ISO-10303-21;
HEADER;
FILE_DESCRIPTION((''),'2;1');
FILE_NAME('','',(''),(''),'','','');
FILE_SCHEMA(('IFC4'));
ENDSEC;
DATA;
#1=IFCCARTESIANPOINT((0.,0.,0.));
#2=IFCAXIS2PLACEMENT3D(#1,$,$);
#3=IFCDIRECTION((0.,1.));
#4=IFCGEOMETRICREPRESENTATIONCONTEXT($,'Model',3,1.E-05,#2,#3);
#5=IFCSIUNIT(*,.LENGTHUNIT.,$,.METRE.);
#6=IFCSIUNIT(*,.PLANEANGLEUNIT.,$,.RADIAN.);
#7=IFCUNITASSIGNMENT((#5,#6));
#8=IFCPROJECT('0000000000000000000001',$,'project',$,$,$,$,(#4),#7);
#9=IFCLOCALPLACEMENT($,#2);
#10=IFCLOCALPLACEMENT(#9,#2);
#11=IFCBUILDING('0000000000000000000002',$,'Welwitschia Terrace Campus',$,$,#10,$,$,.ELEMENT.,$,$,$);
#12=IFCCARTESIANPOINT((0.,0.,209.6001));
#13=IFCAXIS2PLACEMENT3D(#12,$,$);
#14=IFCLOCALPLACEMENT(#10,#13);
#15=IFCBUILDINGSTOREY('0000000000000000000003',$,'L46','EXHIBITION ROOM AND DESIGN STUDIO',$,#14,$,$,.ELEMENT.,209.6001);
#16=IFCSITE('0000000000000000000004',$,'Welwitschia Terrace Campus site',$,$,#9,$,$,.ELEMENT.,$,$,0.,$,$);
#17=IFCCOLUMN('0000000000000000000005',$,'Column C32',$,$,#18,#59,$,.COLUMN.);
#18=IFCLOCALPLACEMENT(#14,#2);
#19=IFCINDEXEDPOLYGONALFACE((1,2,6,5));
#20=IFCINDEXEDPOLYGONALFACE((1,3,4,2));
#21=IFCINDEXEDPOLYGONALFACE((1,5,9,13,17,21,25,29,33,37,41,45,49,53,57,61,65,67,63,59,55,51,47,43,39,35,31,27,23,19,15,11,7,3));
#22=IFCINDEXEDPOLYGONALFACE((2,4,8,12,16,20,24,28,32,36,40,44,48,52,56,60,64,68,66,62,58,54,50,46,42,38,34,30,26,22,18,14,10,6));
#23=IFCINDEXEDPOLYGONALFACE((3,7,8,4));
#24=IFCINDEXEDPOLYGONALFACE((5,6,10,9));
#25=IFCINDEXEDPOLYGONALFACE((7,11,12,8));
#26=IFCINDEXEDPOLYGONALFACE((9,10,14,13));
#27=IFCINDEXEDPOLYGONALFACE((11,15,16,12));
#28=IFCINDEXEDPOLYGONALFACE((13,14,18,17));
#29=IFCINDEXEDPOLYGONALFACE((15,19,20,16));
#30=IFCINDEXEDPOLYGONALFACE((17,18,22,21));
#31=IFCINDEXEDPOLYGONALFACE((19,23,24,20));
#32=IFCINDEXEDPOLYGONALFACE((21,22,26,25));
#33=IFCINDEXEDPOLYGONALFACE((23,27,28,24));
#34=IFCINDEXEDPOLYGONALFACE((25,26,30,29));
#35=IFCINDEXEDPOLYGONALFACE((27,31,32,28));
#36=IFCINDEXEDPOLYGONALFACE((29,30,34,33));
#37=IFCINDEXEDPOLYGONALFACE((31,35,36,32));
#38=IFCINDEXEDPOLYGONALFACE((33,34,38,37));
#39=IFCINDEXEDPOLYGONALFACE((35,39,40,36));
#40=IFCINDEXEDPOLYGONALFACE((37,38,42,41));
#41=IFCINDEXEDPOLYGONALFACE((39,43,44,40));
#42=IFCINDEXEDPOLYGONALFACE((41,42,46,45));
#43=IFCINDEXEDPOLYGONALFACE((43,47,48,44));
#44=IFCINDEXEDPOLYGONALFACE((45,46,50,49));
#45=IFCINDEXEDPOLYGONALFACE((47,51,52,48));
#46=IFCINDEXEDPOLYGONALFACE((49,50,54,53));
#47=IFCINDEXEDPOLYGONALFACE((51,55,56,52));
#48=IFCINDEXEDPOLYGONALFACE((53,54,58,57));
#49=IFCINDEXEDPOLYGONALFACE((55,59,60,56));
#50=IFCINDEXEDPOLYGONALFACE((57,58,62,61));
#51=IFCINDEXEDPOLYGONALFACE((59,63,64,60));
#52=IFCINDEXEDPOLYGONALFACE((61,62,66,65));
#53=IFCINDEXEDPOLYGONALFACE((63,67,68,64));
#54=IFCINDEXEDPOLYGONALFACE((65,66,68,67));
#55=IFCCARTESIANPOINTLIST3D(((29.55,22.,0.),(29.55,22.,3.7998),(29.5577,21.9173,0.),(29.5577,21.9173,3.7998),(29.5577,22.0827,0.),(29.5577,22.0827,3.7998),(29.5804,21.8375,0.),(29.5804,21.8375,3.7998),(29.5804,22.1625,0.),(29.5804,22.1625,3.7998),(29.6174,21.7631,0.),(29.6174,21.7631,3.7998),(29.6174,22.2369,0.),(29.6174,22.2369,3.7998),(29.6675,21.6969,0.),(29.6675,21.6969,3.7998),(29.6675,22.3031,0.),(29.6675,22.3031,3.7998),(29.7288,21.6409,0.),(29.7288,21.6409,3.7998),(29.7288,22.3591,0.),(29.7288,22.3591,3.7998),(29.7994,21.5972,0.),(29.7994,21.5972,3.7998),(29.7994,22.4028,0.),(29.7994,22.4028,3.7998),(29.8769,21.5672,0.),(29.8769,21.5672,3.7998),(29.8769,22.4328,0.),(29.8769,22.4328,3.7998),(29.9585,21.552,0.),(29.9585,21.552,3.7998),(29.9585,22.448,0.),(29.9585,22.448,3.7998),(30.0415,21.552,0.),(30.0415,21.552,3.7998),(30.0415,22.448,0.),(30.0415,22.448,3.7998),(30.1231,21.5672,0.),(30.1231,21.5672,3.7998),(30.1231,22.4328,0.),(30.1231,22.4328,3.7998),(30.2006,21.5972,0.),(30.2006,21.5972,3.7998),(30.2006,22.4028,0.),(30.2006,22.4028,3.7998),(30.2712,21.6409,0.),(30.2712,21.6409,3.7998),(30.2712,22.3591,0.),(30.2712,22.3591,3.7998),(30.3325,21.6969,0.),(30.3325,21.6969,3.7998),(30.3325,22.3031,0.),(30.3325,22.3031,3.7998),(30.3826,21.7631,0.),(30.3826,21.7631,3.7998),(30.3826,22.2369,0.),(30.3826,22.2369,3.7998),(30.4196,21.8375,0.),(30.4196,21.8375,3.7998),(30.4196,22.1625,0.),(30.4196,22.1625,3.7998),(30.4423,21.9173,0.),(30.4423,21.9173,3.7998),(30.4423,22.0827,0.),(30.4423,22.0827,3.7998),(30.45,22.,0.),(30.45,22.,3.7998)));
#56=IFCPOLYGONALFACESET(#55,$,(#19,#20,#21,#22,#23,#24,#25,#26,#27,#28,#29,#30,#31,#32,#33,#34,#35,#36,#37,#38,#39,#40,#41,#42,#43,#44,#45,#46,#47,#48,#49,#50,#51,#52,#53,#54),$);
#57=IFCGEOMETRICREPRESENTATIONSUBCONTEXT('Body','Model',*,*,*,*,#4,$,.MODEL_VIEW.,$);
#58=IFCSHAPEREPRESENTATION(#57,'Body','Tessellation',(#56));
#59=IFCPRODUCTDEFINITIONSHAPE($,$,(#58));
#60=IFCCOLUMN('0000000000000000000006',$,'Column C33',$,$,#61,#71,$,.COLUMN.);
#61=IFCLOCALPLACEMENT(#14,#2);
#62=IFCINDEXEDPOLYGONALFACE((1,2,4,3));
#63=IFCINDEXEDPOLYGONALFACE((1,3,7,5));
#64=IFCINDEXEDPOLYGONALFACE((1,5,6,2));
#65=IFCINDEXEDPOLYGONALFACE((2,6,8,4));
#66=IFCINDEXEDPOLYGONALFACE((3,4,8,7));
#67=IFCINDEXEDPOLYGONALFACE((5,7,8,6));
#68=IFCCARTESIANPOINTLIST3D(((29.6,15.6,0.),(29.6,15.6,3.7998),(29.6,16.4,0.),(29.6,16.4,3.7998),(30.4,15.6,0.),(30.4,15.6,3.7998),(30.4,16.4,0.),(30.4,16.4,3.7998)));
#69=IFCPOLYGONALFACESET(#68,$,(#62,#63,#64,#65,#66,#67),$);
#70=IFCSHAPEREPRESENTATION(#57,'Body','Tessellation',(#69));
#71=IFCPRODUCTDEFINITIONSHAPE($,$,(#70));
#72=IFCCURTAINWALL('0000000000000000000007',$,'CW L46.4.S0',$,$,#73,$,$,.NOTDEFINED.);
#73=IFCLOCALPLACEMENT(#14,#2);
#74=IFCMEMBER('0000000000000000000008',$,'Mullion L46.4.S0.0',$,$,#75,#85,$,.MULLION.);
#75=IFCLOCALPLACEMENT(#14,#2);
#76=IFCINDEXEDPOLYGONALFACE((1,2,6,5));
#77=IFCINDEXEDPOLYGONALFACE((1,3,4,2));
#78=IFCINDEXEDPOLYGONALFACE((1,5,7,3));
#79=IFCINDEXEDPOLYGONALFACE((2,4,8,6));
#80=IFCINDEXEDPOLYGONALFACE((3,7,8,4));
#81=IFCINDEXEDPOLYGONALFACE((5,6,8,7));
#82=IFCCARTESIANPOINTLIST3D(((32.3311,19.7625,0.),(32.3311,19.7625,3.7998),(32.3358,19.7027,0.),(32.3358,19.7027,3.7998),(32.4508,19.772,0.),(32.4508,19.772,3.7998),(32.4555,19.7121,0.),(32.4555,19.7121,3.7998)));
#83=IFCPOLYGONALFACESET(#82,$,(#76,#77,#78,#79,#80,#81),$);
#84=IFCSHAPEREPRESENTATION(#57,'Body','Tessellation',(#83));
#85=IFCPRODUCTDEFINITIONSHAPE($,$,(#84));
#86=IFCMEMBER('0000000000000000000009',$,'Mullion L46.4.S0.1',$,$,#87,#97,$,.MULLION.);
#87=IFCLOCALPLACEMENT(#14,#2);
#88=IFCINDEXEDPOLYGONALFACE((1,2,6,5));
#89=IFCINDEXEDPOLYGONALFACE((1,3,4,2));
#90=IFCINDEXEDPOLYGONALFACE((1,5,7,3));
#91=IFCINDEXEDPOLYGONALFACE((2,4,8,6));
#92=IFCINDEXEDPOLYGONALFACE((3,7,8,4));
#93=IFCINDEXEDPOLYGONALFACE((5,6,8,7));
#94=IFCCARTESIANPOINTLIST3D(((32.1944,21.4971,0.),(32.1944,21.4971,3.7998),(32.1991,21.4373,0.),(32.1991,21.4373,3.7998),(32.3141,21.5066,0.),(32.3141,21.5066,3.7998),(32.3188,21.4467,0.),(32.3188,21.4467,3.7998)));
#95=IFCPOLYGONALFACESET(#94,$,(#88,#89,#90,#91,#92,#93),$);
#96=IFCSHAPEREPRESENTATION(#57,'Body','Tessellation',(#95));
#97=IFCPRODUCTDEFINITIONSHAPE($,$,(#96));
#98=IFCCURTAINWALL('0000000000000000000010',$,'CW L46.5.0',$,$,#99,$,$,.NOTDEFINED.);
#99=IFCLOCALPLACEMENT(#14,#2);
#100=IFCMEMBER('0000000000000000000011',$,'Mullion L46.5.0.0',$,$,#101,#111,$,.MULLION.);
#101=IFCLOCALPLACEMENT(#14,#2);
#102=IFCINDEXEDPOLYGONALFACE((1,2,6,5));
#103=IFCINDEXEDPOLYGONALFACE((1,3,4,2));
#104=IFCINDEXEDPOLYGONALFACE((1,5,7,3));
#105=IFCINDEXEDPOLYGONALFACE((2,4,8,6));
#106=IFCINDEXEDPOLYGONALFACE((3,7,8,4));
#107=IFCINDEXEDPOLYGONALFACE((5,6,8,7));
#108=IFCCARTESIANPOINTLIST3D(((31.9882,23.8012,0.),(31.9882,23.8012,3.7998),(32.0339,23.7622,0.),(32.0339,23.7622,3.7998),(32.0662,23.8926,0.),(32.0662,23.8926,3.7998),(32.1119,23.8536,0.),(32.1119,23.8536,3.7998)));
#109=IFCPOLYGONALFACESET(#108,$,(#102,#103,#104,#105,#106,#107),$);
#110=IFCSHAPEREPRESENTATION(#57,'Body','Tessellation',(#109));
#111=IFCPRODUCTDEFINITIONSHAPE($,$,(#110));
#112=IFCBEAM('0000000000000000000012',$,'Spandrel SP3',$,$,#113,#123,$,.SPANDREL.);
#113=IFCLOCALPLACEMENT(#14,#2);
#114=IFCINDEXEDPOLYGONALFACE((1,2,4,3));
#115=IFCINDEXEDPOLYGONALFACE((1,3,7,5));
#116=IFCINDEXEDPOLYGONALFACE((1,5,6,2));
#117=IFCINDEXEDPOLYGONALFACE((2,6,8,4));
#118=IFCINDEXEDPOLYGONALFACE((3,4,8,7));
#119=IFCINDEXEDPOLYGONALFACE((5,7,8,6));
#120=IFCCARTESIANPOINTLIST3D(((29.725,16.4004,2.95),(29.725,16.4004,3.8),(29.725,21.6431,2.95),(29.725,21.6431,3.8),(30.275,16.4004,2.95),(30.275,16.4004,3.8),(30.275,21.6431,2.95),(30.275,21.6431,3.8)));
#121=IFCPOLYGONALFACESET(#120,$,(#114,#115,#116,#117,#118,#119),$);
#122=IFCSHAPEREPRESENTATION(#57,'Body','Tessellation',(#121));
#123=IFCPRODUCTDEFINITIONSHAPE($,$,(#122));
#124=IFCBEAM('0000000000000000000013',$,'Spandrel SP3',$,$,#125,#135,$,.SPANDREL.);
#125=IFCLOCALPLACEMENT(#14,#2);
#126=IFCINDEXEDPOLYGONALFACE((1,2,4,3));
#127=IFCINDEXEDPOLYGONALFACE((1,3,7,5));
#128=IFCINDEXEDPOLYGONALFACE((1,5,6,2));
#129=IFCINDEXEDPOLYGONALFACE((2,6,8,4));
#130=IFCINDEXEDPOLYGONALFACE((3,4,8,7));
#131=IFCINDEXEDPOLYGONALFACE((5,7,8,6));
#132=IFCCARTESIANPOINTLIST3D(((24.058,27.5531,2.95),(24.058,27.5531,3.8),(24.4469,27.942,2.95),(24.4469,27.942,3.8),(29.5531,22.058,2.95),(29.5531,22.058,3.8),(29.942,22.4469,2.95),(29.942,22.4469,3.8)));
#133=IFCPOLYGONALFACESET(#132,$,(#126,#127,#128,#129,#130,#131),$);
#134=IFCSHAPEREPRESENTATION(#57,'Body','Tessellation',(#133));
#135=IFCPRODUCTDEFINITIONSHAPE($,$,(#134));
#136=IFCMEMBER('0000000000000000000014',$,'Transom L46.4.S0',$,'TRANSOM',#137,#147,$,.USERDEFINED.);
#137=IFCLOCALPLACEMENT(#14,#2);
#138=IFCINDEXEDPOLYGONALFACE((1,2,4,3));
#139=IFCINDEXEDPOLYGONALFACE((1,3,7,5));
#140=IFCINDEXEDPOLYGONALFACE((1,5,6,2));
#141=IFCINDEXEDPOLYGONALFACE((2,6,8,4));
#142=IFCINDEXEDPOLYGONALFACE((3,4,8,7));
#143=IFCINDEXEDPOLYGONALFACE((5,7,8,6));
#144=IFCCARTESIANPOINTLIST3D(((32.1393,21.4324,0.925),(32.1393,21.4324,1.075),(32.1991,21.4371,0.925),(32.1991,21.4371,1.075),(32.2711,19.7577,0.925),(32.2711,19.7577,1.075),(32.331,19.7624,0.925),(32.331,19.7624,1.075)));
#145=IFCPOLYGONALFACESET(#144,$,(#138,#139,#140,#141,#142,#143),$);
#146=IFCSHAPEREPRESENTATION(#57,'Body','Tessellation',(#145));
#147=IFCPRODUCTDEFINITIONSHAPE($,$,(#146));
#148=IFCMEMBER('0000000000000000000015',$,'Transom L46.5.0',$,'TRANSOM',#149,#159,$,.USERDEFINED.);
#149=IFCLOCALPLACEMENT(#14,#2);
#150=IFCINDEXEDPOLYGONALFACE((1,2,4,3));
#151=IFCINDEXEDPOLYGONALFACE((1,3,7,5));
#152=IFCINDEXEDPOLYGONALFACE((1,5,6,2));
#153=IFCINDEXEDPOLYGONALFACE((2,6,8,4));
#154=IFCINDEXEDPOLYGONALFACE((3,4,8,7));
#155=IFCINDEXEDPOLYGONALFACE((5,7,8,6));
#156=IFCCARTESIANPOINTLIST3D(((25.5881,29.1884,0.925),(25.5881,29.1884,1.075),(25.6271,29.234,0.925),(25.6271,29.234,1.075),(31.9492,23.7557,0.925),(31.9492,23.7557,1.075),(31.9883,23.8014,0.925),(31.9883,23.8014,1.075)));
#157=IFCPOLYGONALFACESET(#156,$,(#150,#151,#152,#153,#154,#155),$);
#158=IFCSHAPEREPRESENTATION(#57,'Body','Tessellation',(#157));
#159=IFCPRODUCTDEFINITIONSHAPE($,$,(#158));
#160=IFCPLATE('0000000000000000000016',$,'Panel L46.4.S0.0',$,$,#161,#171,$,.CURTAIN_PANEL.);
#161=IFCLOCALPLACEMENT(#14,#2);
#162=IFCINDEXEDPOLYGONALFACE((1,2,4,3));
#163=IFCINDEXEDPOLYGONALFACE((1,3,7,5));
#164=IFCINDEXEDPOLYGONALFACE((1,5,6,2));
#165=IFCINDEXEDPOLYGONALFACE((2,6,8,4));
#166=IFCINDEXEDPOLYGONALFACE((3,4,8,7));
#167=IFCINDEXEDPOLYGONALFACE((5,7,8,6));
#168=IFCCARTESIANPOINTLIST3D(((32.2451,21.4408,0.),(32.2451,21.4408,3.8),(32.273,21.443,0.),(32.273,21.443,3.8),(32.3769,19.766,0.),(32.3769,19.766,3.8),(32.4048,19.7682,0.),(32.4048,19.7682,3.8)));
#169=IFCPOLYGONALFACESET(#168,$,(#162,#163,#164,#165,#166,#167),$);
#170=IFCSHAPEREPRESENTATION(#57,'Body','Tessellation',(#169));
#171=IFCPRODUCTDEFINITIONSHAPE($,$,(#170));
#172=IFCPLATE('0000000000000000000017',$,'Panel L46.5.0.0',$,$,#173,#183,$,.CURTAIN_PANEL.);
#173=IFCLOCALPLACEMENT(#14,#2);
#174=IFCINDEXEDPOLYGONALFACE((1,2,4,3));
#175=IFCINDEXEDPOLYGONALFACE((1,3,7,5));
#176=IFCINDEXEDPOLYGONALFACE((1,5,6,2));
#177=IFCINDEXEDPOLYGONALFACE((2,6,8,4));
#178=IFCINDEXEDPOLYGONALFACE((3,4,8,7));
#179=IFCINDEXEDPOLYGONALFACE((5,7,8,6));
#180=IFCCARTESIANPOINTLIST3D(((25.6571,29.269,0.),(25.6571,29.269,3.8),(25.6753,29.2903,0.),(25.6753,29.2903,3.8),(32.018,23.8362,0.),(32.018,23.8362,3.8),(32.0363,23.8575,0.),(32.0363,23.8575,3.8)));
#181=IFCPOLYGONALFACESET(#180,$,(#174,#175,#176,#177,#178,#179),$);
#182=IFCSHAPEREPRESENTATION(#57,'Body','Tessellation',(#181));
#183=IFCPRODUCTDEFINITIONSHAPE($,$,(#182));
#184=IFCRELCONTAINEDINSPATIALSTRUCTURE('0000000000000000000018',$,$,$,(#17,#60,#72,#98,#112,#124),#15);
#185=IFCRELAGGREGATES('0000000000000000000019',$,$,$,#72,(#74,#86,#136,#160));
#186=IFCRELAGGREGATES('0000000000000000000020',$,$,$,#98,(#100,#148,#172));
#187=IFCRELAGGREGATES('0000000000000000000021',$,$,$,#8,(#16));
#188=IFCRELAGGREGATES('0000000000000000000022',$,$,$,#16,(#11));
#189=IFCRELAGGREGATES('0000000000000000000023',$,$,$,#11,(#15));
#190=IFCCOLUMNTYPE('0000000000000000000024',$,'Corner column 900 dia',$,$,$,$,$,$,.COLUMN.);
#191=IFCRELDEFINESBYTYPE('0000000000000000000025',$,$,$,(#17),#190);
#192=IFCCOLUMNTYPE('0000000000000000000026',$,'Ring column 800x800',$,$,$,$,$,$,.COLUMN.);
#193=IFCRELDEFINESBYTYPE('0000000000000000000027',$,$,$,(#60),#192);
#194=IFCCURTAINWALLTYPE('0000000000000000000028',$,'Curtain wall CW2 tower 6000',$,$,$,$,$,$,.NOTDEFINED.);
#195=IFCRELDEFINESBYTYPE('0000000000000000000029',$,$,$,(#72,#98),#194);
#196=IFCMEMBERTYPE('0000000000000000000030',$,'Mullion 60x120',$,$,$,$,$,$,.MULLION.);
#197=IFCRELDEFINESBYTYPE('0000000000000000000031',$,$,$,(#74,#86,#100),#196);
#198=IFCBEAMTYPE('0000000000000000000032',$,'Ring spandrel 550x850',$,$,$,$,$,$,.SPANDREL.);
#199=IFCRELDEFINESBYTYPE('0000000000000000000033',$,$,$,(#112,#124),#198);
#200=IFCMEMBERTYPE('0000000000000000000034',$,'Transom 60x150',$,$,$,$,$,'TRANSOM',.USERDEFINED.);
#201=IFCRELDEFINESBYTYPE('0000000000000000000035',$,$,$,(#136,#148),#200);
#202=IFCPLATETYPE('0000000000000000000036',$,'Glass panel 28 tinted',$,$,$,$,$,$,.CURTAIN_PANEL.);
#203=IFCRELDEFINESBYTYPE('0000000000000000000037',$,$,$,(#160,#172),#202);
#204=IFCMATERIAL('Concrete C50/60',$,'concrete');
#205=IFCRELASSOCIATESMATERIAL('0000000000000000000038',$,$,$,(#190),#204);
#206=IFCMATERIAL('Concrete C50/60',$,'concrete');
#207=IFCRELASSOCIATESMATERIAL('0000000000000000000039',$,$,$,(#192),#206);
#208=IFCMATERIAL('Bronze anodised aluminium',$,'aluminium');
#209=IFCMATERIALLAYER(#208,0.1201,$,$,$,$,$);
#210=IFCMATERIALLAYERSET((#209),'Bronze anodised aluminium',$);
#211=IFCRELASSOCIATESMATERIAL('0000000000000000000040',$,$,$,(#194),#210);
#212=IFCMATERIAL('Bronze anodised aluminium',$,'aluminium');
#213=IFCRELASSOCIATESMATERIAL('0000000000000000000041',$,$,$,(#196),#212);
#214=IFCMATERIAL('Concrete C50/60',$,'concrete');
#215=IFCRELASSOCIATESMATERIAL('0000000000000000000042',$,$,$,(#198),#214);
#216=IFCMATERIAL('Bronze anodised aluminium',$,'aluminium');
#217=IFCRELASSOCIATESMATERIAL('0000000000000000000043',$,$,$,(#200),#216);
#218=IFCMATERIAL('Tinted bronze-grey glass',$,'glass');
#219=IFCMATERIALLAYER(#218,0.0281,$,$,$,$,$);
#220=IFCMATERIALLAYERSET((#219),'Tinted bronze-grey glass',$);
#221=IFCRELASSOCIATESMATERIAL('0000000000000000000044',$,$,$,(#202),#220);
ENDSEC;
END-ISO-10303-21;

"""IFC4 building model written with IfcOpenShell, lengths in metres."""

from ifc_helpers import new_model, si_unit, direction, frame, origin, origin_2d, place, context, subcontext, project, spatial, rectangle, circle, extrude, material, layer, layer_set, material_profile, profile_set, type_object, element, aggregate, save


model = new_model("IFC4")

# Units and contexts
model_context = context("Model", 3, precision=1e-05, world=origin(), true_north=direction((0.0, 1.0)))
body_context = subcontext(model_context, "Body", "Model", "MODEL_VIEW")
ifc_project = project(units=[si_unit("LENGTHUNIT", "METRE"), si_unit("PLANEANGLEUNIT", "RADIAN")], contexts=[model_context])

# Site, building, storey
site_placement = place(None, origin())
site = spatial("IfcSite", under=ifc_project, at=site_placement, Name="Welwitschia Terrace Campus site", CompositionType="ELEMENT", RefElevation=0.0)
building_placement = place(site_placement, origin())
building = spatial("IfcBuilding", under=site, at=building_placement, Name="Welwitschia Terrace Campus", CompositionType="ELEMENT")
storey_placement = place(building_placement, frame((0.0, 0.0, 209.6001)))
storey = spatial("IfcBuildingStorey", under=building, at=storey_placement, Name="L46", Description="EXHIBITION ROOM AND DESIGN STUDIO", CompositionType="ELEMENT", Elevation=209.6001)

# Columns
ifc_material_1 = material(Name="Concrete C50/60", Category="concrete")
ifc_material_profile_1 = material_profile(ifc_material_1, circle(Radius=0.45, at=origin_2d()))
ifc_profile_set_1 = profile_set([ifc_material_profile_1], Name="Concrete C50/60")
column_type_1 = type_object("IfcColumnType", Name="Corner column 900 dia", PredefinedType="COLUMN", material=ifc_profile_set_1)
column_1_placement = place(storey_placement, frame((30.0, 22.0, 0.0), z_axis=(0.0, 0.0, 1.0), x_axis=(1.0, 0.0, 0.0)))
element("IfcColumn", 1, at=column_1_placement, inside=storey, type_object=column_type_1, Name="Column C32", PredefinedType="COLUMN", context=body_context, shape_type="SweptSolid", body=[
    extrude(circle(Radius=0.45, at=origin_2d()), origin(), (0.0, 0.0, 1.0), 3.7998),
])
ifc_material_2 = material(Name="Concrete C50/60", Category="concrete")
ifc_material_profile_2 = material_profile(ifc_material_2, rectangle(XDim=0.8, YDim=0.8, at=origin_2d()))
ifc_profile_set_2 = profile_set([ifc_material_profile_2], Name="Concrete C50/60")
column_type_2 = type_object("IfcColumnType", Name="Ring column 800x800", PredefinedType="COLUMN", material=ifc_profile_set_2)
column_2_placement = place(storey_placement, frame((30.0, 16.0, 0.0), z_axis=(0.0, 0.0, 1.0), x_axis=(1.0, 0.0, 0.0)))
element("IfcColumn", 2, at=column_2_placement, inside=storey, type_object=column_type_2, Name="Column C33", PredefinedType="COLUMN", context=body_context, shape_type="SweptSolid", body=[
    extrude(rectangle(XDim=0.8, YDim=0.8, at=origin_2d()), origin(), (0.0, 0.0, 1.0), 3.7998),
])

# Curtain wall, members
ifc_material_3 = material(Name="Bronze anodised aluminium", Category="aluminium")
ifc_layer_1 = layer(ifc_material_3, 0.1201)
ifc_layer_set_1 = layer_set([ifc_layer_1], Name="Bronze anodised aluminium")
curtain_wall_type = type_object("IfcCurtainWallType", Name="Curtain wall CW2 tower 6000", PredefinedType="NOTDEFINED", material=ifc_layer_set_1)
curtain_wall_1_placement = place(storey_placement, origin())
curtain_wall_1 = element("IfcCurtainWall", 3, at=curtain_wall_1_placement, inside=storey, type_object=curtain_wall_type, Name="CW L46.4.S0", PredefinedType="NOTDEFINED")
ifc_material_4 = material(Name="Bronze anodised aluminium", Category="aluminium")
ifc_material_profile_3 = material_profile(ifc_material_4, rectangle(XDim=0.1201, YDim=0.0601, at=origin_2d()))
ifc_profile_set_3 = profile_set([ifc_material_profile_3], Name="Bronze anodised aluminium")
member_type_1 = type_object("IfcMemberType", Name="Mullion 60x120", PredefinedType="MULLION", material=ifc_profile_set_3)
member_1_placement = place(storey_placement, frame((32.3933, 19.7373, 0.0), z_axis=(0.0, 0.0, 1.0), x_axis=(-0.996917, -0.078459, 0.0)))
member_1 = element("IfcMember", 4, at=member_1_placement, type_object=member_type_1, Name="Mullion L46.4.S0.0", PredefinedType="MULLION", context=body_context, shape_type="SweptSolid", body=[
    extrude(rectangle(XDim=0.1201, YDim=0.0601, at=origin_2d()), origin(), (0.0, 0.0, 1.0), 3.7998),
])
member_2_placement = place(storey_placement, frame((32.2566, 21.4719, 0.0), z_axis=(0.0, 0.0, 1.0), x_axis=(-0.996917, -0.078459, 0.0)))
member_2 = element("IfcMember", 5, at=member_2_placement, type_object=member_type_1, Name="Mullion L46.4.S0.1", PredefinedType="MULLION", context=body_context, shape_type="SweptSolid", body=[
    extrude(rectangle(XDim=0.1201, YDim=0.0601, at=origin_2d()), origin(), (0.0, 0.0, 1.0), 3.7998),
])

# Curtain wall, member
curtain_wall_2_placement = place(storey_placement, origin())
curtain_wall_2 = element("IfcCurtainWall", 6, at=curtain_wall_2_placement, inside=storey, type_object=curtain_wall_type, Name="CW L46.5.0", PredefinedType="NOTDEFINED")
member_3_placement = place(storey_placement, frame((32.05, 23.8274, 0.0), z_axis=(0.0, 0.0, 1.0), x_axis=(-0.649448, -0.760406, 0.0)))
member_3 = element("IfcMember", 7, at=member_3_placement, type_object=member_type_1, Name="Mullion L46.5.0.0", PredefinedType="MULLION", context=body_context, shape_type="SweptSolid", body=[
    extrude(rectangle(XDim=0.1201, YDim=0.0601, at=origin_2d()), origin(), (0.0, 0.0, 1.0), 3.7998),
])

# Beams
ifc_material_5 = material(Name="Concrete C50/60", Category="concrete")
ifc_material_profile_4 = material_profile(ifc_material_5, rectangle(XDim=0.55, YDim=0.8501, at=origin_2d()))
ifc_profile_set_4 = profile_set([ifc_material_profile_4], Name="Concrete C50/60")
beam_type = type_object("IfcBeamType", Name="Ring spandrel 550x850", PredefinedType="SPANDREL", material=ifc_profile_set_4)
beam_1_placement = place(storey_placement, frame((30.0, 16.4004, 3.375), z_axis=(0.0, 1.0, 0.0), x_axis=(-1.0, 0.0, 0.0)))
element("IfcBeam", 8, at=beam_1_placement, inside=storey, type_object=beam_type, Name="Spandrel SP3", PredefinedType="SPANDREL", context=body_context, shape_type="SweptSolid", body=[
    extrude(rectangle(XDim=0.55, YDim=0.8501, at=origin_2d()), origin(), (0.0, 0.0, 1.0), 5.2427),
])
beam_2_placement = place(storey_placement, frame((29.7476, 22.2524, 3.375), z_axis=(-0.707107, 0.707107, 0.0), x_axis=(-0.707107, -0.707107, 0.0)))
element("IfcBeam", 9, at=beam_2_placement, inside=storey, type_object=beam_type, Name="Spandrel SP3", PredefinedType="SPANDREL", context=body_context, shape_type="SweptSolid", body=[
    extrude(rectangle(XDim=0.55, YDim=0.8501, at=origin_2d()), origin(), (0.0, 0.0, 1.0), 7.7712),
])

# Members
ifc_material_6 = material(Name="Bronze anodised aluminium", Category="aluminium")
ifc_material_profile_5 = material_profile(ifc_material_6, rectangle(XDim=0.0601, YDim=0.1499, at=origin_2d()))
ifc_profile_set_5 = profile_set([ifc_material_profile_5], Name="Bronze anodised aluminium")
member_type_2 = type_object("IfcMemberType", Name="Transom 60x150", ElementType="TRANSOM", PredefinedType="USERDEFINED", material=ifc_profile_set_5)
member_4_placement = place(storey_placement, frame((32.301, 19.76, 1.0), z_axis=(-0.078474, 0.996916, 0.0), x_axis=(-0.996916, -0.078474, 0.0)))
member_4 = element("IfcMember", 10, at=member_4_placement, type_object=member_type_2, Name="Transom L46.4.S0", ObjectType="TRANSOM", PredefinedType="USERDEFINED", context=body_context, shape_type="SweptSolid", body=[
    extrude(rectangle(XDim=0.0601, YDim=0.1499, at=origin_2d()), origin(), (0.0, 0.0, 1.0), 1.6799),
])
member_5_placement = place(storey_placement, frame((31.9688, 23.7786, 1.0), z_axis=(-0.760421, 0.64943, 0.0), x_axis=(-0.64943, -0.760421, 0.0)))
member_5 = element("IfcMember", 11, at=member_5_placement, type_object=member_type_2, Name="Transom L46.5.0", ObjectType="TRANSOM", PredefinedType="USERDEFINED", context=body_context, shape_type="SweptSolid", body=[
    extrude(rectangle(XDim=0.0601, YDim=0.1499, at=origin_2d()), origin(), (0.0, 0.0, 1.0), 8.3652),
])

# Plates
ifc_material_7 = material(Name="Tinted bronze-grey glass", Category="glass")
ifc_layer_2 = layer(ifc_material_7, 0.0281)
ifc_layer_set_2 = layer_set([ifc_layer_2], Name="Tinted bronze-grey glass")
plate_type = type_object("IfcPlateType", Name="Glass panel 28 tinted", PredefinedType="CURTAIN_PANEL", material=ifc_layer_set_2)
plate_1_placement = place(storey_placement, frame((32.325, 20.6045, 0.0), z_axis=(0.0, 0.0, 1.0), x_axis=(-0.078459, 0.996917, 0.0)))
plate_1 = element("IfcPlate", 12, at=plate_1_placement, type_object=plate_type, Name="Panel L46.4.S0.0", PredefinedType="CURTAIN_PANEL", context=body_context, shape_type="SweptSolid", body=[
    extrude(rectangle(XDim=1.6799, YDim=0.0281, at=origin_2d()), origin(), (0.0, 0.0, 1.0), 3.8),
])
aggregate(curtain_wall_1, [member_1, member_2, member_4, plate_1])
plate_2_placement = place(storey_placement, frame((28.8467, 26.5632, 0.0), z_axis=(0.0, 0.0, 1.0), x_axis=(-0.760406, 0.649448, 0.0)))
plate_2 = element("IfcPlate", 13, at=plate_2_placement, type_object=plate_type, Name="Panel L46.5.0.0", PredefinedType="CURTAIN_PANEL", context=body_context, shape_type="SweptSolid", body=[
    extrude(rectangle(XDim=8.3652, YDim=0.0281, at=origin_2d()), origin(), (0.0, 0.0, 1.0), 3.8),
])
aggregate(curtain_wall_2, [member_3, member_5, plate_2])

save(model, "model.ifc")
